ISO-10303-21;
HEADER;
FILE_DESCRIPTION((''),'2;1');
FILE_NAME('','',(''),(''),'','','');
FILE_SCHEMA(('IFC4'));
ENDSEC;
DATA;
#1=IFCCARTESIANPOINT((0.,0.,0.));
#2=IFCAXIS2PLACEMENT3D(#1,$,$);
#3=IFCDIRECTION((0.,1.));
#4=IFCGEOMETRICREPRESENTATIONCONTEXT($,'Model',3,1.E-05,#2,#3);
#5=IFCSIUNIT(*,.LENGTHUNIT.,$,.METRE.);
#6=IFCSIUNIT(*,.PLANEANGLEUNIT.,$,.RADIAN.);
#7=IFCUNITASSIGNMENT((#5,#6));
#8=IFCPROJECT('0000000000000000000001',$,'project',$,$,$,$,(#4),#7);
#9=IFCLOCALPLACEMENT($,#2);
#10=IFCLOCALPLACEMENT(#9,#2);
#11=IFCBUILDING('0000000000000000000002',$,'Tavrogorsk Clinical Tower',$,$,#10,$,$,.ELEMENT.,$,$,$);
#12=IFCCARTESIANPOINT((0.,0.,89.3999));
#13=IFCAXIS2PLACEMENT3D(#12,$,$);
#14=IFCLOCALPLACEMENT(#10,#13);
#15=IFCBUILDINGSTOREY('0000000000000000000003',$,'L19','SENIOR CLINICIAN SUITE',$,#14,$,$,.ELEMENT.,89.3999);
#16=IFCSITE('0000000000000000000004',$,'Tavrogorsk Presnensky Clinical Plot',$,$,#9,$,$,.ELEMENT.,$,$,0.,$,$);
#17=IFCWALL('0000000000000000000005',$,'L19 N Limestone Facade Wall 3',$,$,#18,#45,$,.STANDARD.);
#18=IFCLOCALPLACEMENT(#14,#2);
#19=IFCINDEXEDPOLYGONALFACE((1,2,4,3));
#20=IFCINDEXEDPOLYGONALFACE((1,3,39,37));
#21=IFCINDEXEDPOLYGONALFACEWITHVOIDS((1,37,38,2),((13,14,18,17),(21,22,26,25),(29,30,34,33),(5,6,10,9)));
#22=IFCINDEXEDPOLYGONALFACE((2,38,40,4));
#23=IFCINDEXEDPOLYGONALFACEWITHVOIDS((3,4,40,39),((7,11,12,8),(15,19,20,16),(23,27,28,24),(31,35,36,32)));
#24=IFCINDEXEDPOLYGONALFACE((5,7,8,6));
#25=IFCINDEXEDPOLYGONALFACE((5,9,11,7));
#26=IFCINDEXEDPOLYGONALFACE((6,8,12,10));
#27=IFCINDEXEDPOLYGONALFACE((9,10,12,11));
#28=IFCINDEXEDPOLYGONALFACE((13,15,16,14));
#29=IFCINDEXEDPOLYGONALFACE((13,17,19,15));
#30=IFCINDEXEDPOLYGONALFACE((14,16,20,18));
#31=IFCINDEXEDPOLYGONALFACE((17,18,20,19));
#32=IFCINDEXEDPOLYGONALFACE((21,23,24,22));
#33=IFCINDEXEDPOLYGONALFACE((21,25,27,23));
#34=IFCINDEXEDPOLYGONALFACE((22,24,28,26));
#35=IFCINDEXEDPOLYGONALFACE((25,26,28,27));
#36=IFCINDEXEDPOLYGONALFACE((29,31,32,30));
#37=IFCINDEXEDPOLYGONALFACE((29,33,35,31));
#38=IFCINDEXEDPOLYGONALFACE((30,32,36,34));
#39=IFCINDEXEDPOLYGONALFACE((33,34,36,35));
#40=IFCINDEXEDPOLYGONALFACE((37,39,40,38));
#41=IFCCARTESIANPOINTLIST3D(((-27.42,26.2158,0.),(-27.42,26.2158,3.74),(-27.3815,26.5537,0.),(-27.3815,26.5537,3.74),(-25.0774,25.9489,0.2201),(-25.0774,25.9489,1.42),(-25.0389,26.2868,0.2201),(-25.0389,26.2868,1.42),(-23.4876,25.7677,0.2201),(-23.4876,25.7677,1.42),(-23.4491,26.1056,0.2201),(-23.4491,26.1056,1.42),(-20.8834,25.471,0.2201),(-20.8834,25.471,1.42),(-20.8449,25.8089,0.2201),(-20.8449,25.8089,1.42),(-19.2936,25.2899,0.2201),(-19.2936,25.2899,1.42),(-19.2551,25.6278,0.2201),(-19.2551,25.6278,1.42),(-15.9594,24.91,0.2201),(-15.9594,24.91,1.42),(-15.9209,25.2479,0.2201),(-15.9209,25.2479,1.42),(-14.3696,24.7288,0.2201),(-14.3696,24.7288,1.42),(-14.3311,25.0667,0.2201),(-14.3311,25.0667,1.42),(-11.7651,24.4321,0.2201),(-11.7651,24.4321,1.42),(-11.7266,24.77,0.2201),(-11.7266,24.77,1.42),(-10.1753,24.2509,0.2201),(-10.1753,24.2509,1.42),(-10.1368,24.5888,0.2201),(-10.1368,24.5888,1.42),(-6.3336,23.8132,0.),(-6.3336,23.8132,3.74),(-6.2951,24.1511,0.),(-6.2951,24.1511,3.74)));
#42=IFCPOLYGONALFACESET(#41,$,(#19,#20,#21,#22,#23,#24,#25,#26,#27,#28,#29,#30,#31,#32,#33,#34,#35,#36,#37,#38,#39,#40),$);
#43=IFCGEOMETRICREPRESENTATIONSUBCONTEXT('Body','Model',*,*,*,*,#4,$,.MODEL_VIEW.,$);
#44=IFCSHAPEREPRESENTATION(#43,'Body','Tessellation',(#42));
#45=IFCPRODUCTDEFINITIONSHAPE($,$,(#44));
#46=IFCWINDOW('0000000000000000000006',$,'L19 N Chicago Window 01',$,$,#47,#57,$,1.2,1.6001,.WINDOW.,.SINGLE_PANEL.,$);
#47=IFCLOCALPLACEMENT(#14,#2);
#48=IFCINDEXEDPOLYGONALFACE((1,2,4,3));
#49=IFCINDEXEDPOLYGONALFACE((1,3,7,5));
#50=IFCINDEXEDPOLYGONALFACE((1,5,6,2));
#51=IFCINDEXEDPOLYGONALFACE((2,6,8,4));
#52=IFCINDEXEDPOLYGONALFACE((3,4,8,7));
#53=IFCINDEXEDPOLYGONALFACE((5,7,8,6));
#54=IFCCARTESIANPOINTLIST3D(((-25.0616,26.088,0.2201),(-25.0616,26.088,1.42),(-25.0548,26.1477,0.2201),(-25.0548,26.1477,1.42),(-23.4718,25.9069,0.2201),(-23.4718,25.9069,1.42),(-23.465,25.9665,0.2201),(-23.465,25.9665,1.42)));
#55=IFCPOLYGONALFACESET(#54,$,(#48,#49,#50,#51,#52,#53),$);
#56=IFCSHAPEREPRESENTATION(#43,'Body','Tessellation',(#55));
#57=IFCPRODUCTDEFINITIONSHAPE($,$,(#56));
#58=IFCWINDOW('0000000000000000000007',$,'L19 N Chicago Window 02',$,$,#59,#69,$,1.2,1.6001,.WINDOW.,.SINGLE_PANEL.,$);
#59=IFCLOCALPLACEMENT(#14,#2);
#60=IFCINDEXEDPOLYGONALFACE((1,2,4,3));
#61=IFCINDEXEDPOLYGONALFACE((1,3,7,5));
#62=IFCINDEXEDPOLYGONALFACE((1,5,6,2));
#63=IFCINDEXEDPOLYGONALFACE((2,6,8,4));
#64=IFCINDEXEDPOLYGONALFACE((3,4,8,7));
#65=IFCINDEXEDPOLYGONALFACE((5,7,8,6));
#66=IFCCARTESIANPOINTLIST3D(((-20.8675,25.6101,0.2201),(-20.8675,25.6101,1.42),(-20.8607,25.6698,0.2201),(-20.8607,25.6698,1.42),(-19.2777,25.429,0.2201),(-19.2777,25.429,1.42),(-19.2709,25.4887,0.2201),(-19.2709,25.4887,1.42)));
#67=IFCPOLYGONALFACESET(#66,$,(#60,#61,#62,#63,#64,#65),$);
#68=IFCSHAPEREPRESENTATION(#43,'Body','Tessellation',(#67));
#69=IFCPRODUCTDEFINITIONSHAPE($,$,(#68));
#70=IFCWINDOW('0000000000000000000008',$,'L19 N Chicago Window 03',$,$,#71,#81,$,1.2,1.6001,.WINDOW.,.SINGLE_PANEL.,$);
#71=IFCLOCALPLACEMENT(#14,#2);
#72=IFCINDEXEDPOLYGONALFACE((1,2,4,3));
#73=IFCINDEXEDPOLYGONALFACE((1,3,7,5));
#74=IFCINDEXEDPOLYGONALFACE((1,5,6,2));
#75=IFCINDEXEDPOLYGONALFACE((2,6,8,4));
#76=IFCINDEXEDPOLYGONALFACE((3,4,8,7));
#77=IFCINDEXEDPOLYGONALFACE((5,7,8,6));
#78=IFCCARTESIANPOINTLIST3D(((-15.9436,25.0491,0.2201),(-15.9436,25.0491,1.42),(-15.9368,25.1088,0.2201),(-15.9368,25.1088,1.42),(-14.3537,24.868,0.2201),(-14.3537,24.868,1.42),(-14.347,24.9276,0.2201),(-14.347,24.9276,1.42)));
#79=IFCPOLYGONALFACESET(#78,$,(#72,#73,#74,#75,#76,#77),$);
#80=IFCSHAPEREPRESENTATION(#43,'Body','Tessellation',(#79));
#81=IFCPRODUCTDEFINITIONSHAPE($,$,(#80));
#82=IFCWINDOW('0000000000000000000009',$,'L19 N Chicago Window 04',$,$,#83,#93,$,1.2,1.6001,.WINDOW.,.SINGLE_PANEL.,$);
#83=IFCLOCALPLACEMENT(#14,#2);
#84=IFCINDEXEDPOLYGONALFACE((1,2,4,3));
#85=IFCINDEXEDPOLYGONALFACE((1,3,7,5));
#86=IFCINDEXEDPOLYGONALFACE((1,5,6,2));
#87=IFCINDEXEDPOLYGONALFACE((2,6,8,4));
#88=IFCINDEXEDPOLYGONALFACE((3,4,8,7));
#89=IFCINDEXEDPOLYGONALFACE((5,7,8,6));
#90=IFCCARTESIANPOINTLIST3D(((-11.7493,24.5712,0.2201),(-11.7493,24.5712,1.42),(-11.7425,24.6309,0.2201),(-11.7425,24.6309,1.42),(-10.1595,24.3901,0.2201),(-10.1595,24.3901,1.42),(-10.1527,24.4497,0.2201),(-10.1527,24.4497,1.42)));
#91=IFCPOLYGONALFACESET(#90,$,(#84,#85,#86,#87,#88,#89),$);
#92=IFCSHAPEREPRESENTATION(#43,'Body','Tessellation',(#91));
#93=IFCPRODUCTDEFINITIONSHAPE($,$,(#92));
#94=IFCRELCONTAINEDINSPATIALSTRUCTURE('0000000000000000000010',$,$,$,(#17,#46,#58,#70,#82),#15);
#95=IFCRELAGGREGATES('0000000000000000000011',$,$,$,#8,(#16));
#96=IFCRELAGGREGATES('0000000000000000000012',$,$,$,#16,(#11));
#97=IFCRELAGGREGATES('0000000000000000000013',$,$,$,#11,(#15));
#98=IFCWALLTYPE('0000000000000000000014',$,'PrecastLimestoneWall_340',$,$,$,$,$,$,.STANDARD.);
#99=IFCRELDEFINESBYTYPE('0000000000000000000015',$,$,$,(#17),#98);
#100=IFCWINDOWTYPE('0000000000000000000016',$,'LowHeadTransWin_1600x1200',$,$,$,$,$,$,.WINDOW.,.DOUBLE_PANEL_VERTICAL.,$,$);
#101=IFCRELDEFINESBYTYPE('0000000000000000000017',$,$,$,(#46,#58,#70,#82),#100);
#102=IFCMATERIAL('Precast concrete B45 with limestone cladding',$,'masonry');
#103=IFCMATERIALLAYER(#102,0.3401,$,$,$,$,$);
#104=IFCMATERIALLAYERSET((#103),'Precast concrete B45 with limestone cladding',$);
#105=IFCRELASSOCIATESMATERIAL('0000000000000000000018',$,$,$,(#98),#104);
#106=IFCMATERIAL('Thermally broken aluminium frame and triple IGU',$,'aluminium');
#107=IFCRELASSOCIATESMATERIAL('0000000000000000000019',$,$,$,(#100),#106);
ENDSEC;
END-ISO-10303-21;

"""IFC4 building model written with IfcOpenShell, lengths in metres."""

from ifc_helpers import new_model, si_unit, direction, frame, frame_2d, origin, place, context, subcontext, project, spatial, rectangle, extrude, material, layer, layer_set, type_object, element, fill, save


model = new_model("IFC4")

# Units and contexts
model_context = context("Model", 3, precision=1e-05, world=origin(), true_north=direction((0.0, 1.0)))
body_context = subcontext(model_context, "Body", "Model", "MODEL_VIEW")
ifc_project = project(units=[si_unit("LENGTHUNIT", "METRE"), si_unit("PLANEANGLEUNIT", "RADIAN")], contexts=[model_context])

# Site, building, storey
site_placement = place(None, origin())
site = spatial("IfcSite", under=ifc_project, at=site_placement, Name="Tavrogorsk Presnensky Clinical Plot", CompositionType="ELEMENT", RefElevation=0.0)
building_placement = place(site_placement, origin())
building = spatial("IfcBuilding", under=site, at=building_placement, Name="Tavrogorsk Clinical Tower", CompositionType="ELEMENT")
storey_placement = place(building_placement, frame((0.0, 0.0, 89.3999)))
storey = spatial("IfcBuildingStorey", under=building, at=storey_placement, Name="L19", Description="SENIOR CLINICIAN SUITE", CompositionType="ELEMENT", Elevation=89.3999)

# Wall, openings, windows
ifc_material_1 = material(Name="Precast concrete B45 with limestone cladding", Category="masonry")
ifc_layer_1 = layer(ifc_material_1, 0.3401)
ifc_layer_set_1 = layer_set([ifc_layer_1], Name="Precast concrete B45 with limestone cladding")
wall_type_1 = type_object("IfcWallType", Name="PrecastLimestoneWall_340", PredefinedType="STANDARD", material=ifc_layer_set_1)
wall_1_placement = place(storey_placement, frame((-6.3145, 23.9822, 0.0), z_axis=(0.0, 0.0, 1.0), x_axis=(-0.993571, 0.113208, 0.0)))
wall_1 = element("IfcWall", 1, at=wall_1_placement, inside=storey, type_object=wall_type_1, Name="L19 N Limestone Facade Wall 3", PredefinedType="STANDARD", context=body_context, shape_type="SweptSolid", body=[
    extrude(rectangle(XDim=21.2229, YDim=0.3401, at=frame_2d((10.6113, 0.0))), origin(), (0.0, 0.0, 1.0), 3.74),
])
opening_1_placement = place(wall_1_placement, frame((17.2649, 0.0, 0.22)))
opening_1 = element("IfcOpeningElement", 2, at=opening_1_placement, cuts=wall_1, PredefinedType="OPENING", context=body_context, shape_type="SweptSolid", body=[
    extrude(rectangle(XDim=1.6001, YDim=1.2, at=frame_2d((0.8, 0.6001))), frame((0.0, 0.1799, 0.0), z_axis=(0.0, -1.0, 0.0), x_axis=(1.0, 0.0, 0.0)), (0.0, 0.0, 1.0), 0.3601),
])
opening_2_placement = place(wall_1_placement, frame((13.0437, 0.0, 0.22)))
opening_2 = element("IfcOpeningElement", 3, at=opening_2_placement, cuts=wall_1, PredefinedType="OPENING", context=body_context, shape_type="SweptSolid", body=[
    extrude(rectangle(XDim=1.6001, YDim=1.2, at=frame_2d((0.8, 0.6001))), frame((0.0, 0.1799, 0.0), z_axis=(0.0, -1.0, 0.0), x_axis=(1.0, 0.0, 0.0)), (0.0, 0.0, 1.0), 0.3601),
])
opening_3_placement = place(wall_1_placement, frame((8.0879, 0.0, 0.22)))
opening_3 = element("IfcOpeningElement", 4, at=opening_3_placement, cuts=wall_1, PredefinedType="OPENING", context=body_context, shape_type="SweptSolid", body=[
    extrude(rectangle(XDim=1.6001, YDim=1.2, at=frame_2d((0.8, 0.6001))), frame((0.0, 0.1799, 0.0), z_axis=(0.0, -1.0, 0.0), x_axis=(1.0, 0.0, 0.0)), (0.0, 0.0, 1.0), 0.3601),
])
opening_4_placement = place(wall_1_placement, frame((3.8665, 0.0, 0.22)))
opening_4 = element("IfcOpeningElement", 5, at=opening_4_placement, cuts=wall_1, PredefinedType="OPENING", context=body_context, shape_type="SweptSolid", body=[
    extrude(rectangle(XDim=1.6001, YDim=1.2, at=frame_2d((0.8, 0.6001))), frame((0.0, 0.1799, 0.0), z_axis=(0.0, -1.0, 0.0), x_axis=(1.0, 0.0, 0.0)), (0.0, 0.0, 1.0), 0.3601),
])
ifc_material_2 = material(Name="Thermally broken aluminium frame and triple IGU", Category="aluminium")
window_type = type_object("IfcWindowType", Name="LowHeadTransWin_1600x1200", PartitioningType="DOUBLE_PANEL_VERTICAL", PredefinedType="WINDOW", material=ifc_material_2)
window_1_placement = place(opening_1_placement, origin())
window_1 = element("IfcWindow", 6, at=window_1_placement, inside=storey, type_object=window_type, Name="L19 N Chicago Window 01", OverallHeight=1.2, OverallWidth=1.6001, PartitioningType="SINGLE_PANEL", PredefinedType="WINDOW", context=body_context, shape_type="SweptSolid", body=[
    extrude(rectangle(XDim=1.6001, YDim=1.2, at=frame_2d((0.8, 0.6001))), frame((0.0, 0.03, 0.0), z_axis=(0.0, -1.0, 0.0), x_axis=(1.0, 0.0, 0.0)), (0.0, 0.0, 1.0), 0.0601),
])
fill(opening_1, window_1)
window_2_placement = place(opening_2_placement, origin())
window_2 = element("IfcWindow", 7, at=window_2_placement, inside=storey, type_object=window_type, Name="L19 N Chicago Window 02", OverallHeight=1.2, OverallWidth=1.6001, PartitioningType="SINGLE_PANEL", PredefinedType="WINDOW", context=body_context, shape_type="SweptSolid", body=[
    extrude(rectangle(XDim=1.6001, YDim=1.2, at=frame_2d((0.8, 0.6001))), frame((0.0, 0.03, 0.0), z_axis=(0.0, -1.0, 0.0), x_axis=(1.0, 0.0, 0.0)), (0.0, 0.0, 1.0), 0.0601),
])
fill(opening_2, window_2)
window_3_placement = place(opening_3_placement, origin())
window_3 = element("IfcWindow", 8, at=window_3_placement, inside=storey, type_object=window_type, Name="L19 N Chicago Window 03", OverallHeight=1.2, OverallWidth=1.6001, PartitioningType="SINGLE_PANEL", PredefinedType="WINDOW", context=body_context, shape_type="SweptSolid", body=[
    extrude(rectangle(XDim=1.6001, YDim=1.2, at=frame_2d((0.8, 0.6001))), frame((0.0, 0.03, 0.0), z_axis=(0.0, -1.0, 0.0), x_axis=(1.0, 0.0, 0.0)), (0.0, 0.0, 1.0), 0.0601),
])
fill(opening_3, window_3)
window_4_placement = place(opening_4_placement, origin())
window_4 = element("IfcWindow", 9, at=window_4_placement, inside=storey, type_object=window_type, Name="L19 N Chicago Window 04", OverallHeight=1.2, OverallWidth=1.6001, PartitioningType="SINGLE_PANEL", PredefinedType="WINDOW", context=body_context, shape_type="SweptSolid", body=[
    extrude(rectangle(XDim=1.6001, YDim=1.2, at=frame_2d((0.8, 0.6001))), frame((0.0, 0.03, 0.0), z_axis=(0.0, -1.0, 0.0), x_axis=(1.0, 0.0, 0.0)), (0.0, 0.0, 1.0), 0.0601),
])
fill(opening_4, window_4)

save(model, "model.ifc")
